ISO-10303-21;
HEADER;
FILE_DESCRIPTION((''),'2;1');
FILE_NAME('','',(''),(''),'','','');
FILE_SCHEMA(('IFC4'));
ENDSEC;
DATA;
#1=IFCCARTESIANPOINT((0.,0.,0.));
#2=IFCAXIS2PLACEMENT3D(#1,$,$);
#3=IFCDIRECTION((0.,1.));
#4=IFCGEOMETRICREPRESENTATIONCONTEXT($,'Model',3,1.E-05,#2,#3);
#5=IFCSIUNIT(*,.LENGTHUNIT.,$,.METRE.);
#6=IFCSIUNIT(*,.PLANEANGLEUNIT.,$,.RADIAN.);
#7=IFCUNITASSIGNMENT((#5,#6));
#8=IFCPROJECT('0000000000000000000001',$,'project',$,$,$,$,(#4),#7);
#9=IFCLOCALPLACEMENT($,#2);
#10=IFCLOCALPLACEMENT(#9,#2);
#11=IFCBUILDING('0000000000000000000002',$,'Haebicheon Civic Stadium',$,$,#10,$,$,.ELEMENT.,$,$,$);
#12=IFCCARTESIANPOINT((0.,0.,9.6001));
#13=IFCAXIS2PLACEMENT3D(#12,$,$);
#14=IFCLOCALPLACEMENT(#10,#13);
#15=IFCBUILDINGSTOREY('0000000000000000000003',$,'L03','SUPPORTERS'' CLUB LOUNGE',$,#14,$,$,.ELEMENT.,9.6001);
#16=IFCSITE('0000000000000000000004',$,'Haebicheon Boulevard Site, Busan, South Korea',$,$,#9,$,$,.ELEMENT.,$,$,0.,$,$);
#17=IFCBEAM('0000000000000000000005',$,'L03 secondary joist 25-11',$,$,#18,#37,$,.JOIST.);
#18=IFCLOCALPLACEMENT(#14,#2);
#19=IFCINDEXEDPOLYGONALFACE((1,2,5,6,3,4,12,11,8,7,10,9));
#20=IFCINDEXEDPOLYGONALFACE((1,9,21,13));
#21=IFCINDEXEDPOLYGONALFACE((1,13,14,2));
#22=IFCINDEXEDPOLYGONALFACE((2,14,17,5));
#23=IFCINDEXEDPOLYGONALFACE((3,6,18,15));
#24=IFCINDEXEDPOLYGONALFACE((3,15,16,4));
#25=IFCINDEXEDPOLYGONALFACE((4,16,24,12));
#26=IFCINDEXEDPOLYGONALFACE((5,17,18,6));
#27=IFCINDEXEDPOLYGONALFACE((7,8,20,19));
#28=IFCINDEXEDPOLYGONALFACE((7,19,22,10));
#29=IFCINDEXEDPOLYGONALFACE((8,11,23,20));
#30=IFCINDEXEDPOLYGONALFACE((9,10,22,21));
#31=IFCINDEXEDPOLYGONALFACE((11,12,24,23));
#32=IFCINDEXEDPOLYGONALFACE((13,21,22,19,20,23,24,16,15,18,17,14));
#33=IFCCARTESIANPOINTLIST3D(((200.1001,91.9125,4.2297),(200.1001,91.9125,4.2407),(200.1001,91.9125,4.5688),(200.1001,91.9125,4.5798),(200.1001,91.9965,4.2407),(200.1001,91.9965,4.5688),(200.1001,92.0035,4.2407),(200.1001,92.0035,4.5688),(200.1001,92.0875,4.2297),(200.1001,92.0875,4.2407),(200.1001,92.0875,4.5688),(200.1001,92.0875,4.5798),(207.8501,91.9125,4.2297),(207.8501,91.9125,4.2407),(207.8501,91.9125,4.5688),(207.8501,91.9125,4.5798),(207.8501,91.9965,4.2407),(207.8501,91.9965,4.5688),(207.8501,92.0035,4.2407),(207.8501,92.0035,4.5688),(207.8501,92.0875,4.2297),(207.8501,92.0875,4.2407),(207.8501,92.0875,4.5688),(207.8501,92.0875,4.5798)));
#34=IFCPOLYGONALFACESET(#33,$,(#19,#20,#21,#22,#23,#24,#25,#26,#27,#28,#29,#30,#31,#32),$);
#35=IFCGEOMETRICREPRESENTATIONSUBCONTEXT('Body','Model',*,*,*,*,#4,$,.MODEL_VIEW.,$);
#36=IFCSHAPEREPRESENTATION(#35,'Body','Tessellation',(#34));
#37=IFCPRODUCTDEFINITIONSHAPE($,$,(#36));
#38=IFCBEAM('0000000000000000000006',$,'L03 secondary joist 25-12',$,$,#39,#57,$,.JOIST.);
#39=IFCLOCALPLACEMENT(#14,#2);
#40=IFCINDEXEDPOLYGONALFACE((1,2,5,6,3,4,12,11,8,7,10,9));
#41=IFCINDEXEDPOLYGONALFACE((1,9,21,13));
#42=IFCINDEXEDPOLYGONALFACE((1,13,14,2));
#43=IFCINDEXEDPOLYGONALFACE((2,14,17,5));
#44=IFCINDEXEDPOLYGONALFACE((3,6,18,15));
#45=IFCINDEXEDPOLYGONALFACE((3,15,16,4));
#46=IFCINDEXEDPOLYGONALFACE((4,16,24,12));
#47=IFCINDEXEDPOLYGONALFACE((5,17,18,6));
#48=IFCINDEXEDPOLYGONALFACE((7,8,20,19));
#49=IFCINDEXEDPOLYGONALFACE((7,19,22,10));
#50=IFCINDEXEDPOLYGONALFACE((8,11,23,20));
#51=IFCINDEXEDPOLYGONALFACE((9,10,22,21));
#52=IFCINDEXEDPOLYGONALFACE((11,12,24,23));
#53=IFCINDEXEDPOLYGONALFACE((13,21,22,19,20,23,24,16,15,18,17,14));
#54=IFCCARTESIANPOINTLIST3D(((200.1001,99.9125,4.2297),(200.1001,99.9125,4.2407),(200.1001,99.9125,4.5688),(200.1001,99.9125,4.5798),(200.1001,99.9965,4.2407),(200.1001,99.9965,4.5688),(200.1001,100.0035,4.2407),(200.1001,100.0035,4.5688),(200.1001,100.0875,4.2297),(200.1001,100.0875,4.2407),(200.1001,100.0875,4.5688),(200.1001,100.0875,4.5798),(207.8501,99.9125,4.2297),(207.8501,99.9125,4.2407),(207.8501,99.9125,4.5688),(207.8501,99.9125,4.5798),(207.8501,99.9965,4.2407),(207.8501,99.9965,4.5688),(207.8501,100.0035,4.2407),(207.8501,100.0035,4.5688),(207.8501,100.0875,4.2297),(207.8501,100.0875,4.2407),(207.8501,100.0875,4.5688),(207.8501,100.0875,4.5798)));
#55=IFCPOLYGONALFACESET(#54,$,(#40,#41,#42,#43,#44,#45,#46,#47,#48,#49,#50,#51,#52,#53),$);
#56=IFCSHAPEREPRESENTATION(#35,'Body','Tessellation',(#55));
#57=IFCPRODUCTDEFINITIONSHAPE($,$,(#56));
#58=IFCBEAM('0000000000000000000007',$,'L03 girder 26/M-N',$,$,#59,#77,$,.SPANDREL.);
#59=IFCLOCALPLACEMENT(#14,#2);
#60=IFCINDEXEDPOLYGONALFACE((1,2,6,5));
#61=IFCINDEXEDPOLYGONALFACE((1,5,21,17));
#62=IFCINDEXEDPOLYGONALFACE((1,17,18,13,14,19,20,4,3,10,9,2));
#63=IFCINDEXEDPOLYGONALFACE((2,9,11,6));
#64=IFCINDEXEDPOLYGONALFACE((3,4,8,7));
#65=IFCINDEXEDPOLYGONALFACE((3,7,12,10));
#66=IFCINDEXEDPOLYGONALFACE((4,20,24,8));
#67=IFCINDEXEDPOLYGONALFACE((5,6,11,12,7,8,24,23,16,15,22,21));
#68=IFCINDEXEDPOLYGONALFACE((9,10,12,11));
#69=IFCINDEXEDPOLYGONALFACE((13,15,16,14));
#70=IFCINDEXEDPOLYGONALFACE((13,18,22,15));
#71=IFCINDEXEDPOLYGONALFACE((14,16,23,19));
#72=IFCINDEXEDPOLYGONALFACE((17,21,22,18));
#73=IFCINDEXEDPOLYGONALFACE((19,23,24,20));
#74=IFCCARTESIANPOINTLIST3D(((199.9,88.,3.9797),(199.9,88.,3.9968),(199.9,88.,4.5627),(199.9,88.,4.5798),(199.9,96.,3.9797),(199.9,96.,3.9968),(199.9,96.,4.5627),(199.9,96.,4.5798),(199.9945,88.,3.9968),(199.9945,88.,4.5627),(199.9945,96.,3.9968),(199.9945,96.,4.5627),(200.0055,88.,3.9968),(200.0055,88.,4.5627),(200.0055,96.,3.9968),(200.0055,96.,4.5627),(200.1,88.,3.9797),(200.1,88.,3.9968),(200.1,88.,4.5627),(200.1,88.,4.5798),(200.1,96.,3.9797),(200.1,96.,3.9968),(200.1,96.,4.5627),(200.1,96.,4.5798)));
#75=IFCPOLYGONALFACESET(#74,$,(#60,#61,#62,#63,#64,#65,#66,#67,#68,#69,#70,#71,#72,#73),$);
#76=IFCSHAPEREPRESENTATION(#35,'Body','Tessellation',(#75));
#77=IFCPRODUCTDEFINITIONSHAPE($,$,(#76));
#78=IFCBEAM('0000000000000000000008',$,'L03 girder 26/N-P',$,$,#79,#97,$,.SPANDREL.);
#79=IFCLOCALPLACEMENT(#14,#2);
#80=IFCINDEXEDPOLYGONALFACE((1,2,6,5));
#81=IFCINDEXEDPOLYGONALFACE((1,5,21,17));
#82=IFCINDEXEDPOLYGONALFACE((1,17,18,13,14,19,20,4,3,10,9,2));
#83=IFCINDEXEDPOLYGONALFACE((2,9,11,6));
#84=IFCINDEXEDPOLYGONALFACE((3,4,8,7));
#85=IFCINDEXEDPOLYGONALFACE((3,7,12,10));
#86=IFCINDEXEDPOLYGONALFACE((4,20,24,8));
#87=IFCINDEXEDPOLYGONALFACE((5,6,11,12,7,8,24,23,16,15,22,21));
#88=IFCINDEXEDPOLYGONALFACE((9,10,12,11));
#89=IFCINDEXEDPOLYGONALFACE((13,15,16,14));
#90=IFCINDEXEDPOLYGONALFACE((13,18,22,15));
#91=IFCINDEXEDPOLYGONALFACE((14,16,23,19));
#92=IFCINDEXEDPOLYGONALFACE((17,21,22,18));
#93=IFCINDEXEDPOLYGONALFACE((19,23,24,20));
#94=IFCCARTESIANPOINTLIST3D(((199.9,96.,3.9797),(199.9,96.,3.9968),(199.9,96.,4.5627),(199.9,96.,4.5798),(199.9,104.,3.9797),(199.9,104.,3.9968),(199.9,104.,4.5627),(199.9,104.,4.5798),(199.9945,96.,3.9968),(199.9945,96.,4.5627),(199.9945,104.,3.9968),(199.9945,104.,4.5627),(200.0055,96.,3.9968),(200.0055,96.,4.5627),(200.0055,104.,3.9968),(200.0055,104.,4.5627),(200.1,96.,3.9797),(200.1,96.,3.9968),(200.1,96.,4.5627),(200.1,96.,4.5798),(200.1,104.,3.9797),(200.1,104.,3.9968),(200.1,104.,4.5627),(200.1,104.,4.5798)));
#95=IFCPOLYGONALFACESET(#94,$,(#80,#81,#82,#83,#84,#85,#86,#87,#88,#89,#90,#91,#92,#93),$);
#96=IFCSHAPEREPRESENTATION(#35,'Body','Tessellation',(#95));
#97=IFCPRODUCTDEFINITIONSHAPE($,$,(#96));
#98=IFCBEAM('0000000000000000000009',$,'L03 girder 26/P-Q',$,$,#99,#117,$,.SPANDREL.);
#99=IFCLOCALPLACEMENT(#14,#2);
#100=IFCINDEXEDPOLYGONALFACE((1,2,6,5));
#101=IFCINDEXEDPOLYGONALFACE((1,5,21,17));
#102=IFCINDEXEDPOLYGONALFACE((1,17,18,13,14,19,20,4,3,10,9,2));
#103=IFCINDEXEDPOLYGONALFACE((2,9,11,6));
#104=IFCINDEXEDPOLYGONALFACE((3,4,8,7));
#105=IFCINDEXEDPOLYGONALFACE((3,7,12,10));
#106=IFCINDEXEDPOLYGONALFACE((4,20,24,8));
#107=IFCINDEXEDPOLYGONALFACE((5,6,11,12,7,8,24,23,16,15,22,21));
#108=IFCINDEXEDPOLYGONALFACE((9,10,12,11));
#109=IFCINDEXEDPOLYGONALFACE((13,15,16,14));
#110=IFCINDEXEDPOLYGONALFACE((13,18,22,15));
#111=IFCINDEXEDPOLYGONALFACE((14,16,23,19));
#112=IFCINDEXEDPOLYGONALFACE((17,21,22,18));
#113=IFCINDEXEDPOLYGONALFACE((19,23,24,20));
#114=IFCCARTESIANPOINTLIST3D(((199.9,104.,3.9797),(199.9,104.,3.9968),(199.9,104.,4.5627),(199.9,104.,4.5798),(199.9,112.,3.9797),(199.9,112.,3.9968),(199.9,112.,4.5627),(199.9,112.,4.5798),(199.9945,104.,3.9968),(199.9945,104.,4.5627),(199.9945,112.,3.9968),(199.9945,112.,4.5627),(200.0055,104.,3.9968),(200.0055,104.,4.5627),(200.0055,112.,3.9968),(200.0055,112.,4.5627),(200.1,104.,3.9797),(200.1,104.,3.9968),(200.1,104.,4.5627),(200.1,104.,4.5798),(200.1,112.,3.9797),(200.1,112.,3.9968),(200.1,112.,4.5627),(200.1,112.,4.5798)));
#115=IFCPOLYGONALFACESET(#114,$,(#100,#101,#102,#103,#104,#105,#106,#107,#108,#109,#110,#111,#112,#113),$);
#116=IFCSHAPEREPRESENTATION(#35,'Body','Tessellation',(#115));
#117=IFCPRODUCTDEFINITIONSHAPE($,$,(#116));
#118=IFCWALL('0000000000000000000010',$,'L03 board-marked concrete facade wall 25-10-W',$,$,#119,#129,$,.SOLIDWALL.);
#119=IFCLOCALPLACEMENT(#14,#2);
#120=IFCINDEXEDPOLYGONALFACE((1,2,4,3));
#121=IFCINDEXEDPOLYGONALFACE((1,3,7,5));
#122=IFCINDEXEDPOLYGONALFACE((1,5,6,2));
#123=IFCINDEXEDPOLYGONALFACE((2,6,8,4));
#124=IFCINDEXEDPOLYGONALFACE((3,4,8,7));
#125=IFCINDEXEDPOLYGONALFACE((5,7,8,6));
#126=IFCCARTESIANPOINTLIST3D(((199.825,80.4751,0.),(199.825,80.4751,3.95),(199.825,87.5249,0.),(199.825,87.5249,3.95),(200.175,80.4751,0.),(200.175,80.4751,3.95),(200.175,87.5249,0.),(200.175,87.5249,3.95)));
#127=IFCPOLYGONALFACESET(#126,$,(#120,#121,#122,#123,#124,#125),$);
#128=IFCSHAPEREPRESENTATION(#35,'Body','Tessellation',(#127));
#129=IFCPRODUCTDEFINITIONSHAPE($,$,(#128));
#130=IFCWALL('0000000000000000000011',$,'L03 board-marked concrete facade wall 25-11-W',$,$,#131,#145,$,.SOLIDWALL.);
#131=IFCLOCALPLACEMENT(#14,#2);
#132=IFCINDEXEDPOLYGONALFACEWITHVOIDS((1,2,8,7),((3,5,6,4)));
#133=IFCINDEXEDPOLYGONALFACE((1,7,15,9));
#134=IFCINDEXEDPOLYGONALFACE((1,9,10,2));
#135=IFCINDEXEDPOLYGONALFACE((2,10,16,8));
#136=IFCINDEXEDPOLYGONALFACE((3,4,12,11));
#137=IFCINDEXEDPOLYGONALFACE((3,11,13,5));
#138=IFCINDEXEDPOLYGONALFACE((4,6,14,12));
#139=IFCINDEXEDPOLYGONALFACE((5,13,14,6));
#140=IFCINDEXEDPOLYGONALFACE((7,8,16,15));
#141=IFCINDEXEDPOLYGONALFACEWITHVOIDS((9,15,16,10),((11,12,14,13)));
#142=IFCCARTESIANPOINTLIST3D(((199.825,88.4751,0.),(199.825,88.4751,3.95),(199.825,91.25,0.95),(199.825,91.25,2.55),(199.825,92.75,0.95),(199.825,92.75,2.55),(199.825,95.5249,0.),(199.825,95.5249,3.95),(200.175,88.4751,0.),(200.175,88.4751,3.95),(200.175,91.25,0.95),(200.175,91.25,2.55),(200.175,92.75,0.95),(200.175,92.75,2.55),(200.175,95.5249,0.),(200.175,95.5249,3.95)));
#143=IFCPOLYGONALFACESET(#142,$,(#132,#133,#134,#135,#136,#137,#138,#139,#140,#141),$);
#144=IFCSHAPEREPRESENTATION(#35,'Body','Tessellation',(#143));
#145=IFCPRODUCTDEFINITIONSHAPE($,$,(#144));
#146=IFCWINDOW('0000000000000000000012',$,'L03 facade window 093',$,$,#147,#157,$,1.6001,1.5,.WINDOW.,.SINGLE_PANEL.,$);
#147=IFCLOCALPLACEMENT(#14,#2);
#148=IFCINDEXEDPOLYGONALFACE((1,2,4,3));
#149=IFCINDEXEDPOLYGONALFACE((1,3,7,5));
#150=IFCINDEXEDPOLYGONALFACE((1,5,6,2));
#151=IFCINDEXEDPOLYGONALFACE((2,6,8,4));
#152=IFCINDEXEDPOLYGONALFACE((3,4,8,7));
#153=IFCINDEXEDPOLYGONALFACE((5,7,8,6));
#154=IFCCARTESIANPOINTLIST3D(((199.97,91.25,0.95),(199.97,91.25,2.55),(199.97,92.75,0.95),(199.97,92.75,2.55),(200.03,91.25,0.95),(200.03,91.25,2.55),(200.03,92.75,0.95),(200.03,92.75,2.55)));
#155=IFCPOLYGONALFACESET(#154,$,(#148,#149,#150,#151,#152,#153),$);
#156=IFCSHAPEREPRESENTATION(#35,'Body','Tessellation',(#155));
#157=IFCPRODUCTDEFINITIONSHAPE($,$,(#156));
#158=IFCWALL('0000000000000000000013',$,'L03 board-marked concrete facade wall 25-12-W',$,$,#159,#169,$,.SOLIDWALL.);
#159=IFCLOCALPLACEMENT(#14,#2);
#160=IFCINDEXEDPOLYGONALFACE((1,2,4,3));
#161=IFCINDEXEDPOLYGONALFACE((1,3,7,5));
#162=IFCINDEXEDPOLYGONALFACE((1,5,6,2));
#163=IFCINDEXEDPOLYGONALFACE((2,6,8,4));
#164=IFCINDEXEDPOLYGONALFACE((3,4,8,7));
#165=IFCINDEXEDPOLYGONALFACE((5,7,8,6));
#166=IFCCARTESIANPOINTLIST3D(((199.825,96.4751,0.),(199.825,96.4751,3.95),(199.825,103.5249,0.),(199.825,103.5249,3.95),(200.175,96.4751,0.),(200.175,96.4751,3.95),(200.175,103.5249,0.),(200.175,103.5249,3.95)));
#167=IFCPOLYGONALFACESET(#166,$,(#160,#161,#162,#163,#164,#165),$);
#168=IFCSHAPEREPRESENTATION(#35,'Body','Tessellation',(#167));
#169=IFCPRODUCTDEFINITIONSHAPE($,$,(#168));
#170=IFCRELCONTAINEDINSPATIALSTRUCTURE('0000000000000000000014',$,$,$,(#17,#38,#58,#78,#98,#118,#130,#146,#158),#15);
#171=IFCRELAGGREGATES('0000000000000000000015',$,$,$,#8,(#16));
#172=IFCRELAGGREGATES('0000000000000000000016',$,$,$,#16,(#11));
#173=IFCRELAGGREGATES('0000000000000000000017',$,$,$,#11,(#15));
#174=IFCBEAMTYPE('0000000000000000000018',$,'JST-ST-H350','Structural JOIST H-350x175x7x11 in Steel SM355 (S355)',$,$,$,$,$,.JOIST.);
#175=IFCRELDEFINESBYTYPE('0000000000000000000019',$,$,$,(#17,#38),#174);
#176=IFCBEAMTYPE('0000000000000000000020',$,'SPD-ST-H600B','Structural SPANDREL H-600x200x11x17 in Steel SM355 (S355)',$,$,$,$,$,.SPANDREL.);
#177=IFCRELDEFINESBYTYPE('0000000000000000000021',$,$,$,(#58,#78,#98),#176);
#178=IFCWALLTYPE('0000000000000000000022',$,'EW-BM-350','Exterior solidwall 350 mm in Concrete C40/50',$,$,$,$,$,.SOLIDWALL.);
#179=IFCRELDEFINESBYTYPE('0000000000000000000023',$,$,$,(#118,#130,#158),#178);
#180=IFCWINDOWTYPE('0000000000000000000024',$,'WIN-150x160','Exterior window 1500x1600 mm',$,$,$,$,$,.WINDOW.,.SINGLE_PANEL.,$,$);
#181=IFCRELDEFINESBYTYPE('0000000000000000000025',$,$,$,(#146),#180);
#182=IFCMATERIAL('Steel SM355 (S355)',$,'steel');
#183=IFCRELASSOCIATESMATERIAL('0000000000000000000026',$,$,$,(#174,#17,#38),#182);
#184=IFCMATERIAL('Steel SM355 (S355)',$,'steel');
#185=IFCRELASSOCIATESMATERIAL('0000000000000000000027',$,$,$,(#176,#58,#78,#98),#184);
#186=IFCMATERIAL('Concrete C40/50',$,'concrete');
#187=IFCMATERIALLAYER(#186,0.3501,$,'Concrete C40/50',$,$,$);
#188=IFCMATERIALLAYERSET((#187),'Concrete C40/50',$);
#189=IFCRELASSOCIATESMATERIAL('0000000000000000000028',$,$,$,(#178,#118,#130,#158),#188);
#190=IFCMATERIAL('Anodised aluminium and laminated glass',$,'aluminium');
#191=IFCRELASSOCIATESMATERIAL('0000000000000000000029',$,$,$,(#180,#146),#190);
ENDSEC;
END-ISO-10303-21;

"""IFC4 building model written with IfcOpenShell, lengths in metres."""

from ifc_helpers import new_model, si_unit, direction, frame, frame_2d, origin, origin_2d, place, context, subcontext, project, spatial, rectangle, i_section, extrude, material, layer, layer_set, material_profile, profile_set, type_object, element, fill, save


model = new_model("IFC4")

# Units and contexts
model_context = context("Model", 3, precision=1e-05, world=origin(), true_north=direction((0.0, 1.0)))
body_context = subcontext(model_context, "Body", "Model", "MODEL_VIEW")
ifc_project = project(units=[si_unit("LENGTHUNIT", "METRE"), si_unit("PLANEANGLEUNIT", "RADIAN")], contexts=[model_context])

# Site, building, storey
site_placement = place(None, origin())
site = spatial("IfcSite", under=ifc_project, at=site_placement, Name="Haebicheon Boulevard Site, Busan, South Korea", CompositionType="ELEMENT", RefElevation=0.0)
building_placement = place(site_placement, origin())
building = spatial("IfcBuilding", under=site, at=building_placement, Name="Haebicheon Civic Stadium", CompositionType="ELEMENT")
storey_placement = place(building_placement, frame((0.0, 0.0, 9.6001)))
storey = spatial("IfcBuildingStorey", under=building, at=storey_placement, Name="L03", Description="SUPPORTERS' CLUB LOUNGE", CompositionType="ELEMENT", Elevation=9.6001)

# Beams
ifc_material_1 = material(Name="Steel SM355 (S355)", Category="steel")
ifc_material_profile_1 = material_profile(ifc_material_1, i_section(OverallWidth=0.175, OverallDepth=0.3501, WebThickness=0.0071, FlangeThickness=0.011, at=origin_2d()), Name="H-350x175x7x11")
ifc_profile_set_1 = profile_set([ifc_material_profile_1], Name="Steel SM355 (S355)")
beam_type_1 = type_object("IfcBeamType", Name="JST-ST-H350", Description="Structural JOIST H-350x175x7x11 in Steel SM355 (S355)", PredefinedType="JOIST", material=ifc_profile_set_1)
for number, where, z_axis, x_axis, name in (
    (1, (200.1001, 92.0, 4.4048), (1.0, 0.0, 0.0), (0.0, 1.0, 0.0), "L03 secondary joist 25-11"),
    (2, (200.1001, 100.0, 4.4048), (1.0, 0.0, 0.0), (0.0, 1.0, 0.0), "L03 secondary joist 25-12"),
):
    element("IfcBeam", number, at=place(storey_placement, frame(where, z_axis=z_axis, x_axis=x_axis)), inside=storey, type_object=beam_type_1, material=ifc_profile_set_1, Name=name, PredefinedType="JOIST", context=body_context, shape_type="SweptSolid", body=[
        extrude(i_section(OverallWidth=0.175, OverallDepth=0.3501, WebThickness=0.0071, FlangeThickness=0.011, at=origin_2d()), origin(), (0.0, 0.0, 1.0), 7.75),
    ])
ifc_material_2 = material(Name="Steel SM355 (S355)", Category="steel")
ifc_material_profile_2 = material_profile(ifc_material_2, i_section(OverallWidth=0.2, OverallDepth=0.6001, WebThickness=0.011, FlangeThickness=0.0171, at=origin_2d()), Name="H-600x200x11x17")
ifc_profile_set_2 = profile_set([ifc_material_profile_2], Name="Steel SM355 (S355)")
beam_type_2 = type_object("IfcBeamType", Name="SPD-ST-H600B", Description="Structural SPANDREL H-600x200x11x17 in Steel SM355 (S355)", PredefinedType="SPANDREL", material=ifc_profile_set_2)
for number, where, z_axis, x_axis, name in (
    (3, (200.0, 88.0, 4.2798), (0.0, 1.0, 0.0), (-1.0, 0.0, 0.0), "L03 girder 26/M-N"),
    (4, (200.0, 96.0, 4.2798), (0.0, 1.0, 0.0), (-1.0, 0.0, 0.0), "L03 girder 26/N-P"),
    (5, (200.0, 104.0, 4.2798), (0.0, 1.0, 0.0), (-1.0, 0.0, 0.0), "L03 girder 26/P-Q"),
):
    element("IfcBeam", number, at=place(storey_placement, frame(where, z_axis=z_axis, x_axis=x_axis)), inside=storey, type_object=beam_type_2, material=ifc_profile_set_2, Name=name, PredefinedType="SPANDREL", context=body_context, shape_type="SweptSolid", body=[
        extrude(i_section(OverallWidth=0.2, OverallDepth=0.6001, WebThickness=0.011, FlangeThickness=0.0171, at=origin_2d()), origin(), (0.0, 0.0, 1.0), 8.0),
    ])

# Wall
ifc_material_3 = material(Name="Concrete C40/50", Category="concrete")
ifc_layer_1 = layer(ifc_material_3, 0.3501, Name="Concrete C40/50")
ifc_layer_set_1 = layer_set([ifc_layer_1], Name="Concrete C40/50")
wall_type_1 = type_object("IfcWallType", Name="EW-BM-350", Description="Exterior solidwall 350 mm in Concrete C40/50", PredefinedType="SOLIDWALL", material=ifc_layer_set_1)
wall_1_placement = place(storey_placement, frame((200.0, 80.4751, 0.0), z_axis=(0.0, 0.0, 1.0), x_axis=(0.0, 1.0, 0.0)))
element("IfcWall", 6, at=wall_1_placement, inside=storey, type_object=wall_type_1, material=ifc_layer_set_1, Name="L03 board-marked concrete facade wall 25-10-W", PredefinedType="SOLIDWALL", context=body_context, shape_type="SweptSolid", body=[
    extrude(rectangle(XDim=7.0498, YDim=0.3501, at=frame_2d((3.5249, 0.0))), origin(), (0.0, 0.0, 1.0), 3.95),
])

# Wall, opening, window
wall_2_placement = place(storey_placement, frame((200.0, 88.4751, 0.0), z_axis=(0.0, 0.0, 1.0), x_axis=(0.0, 1.0, 0.0)))
wall_2 = element("IfcWall", 7, at=wall_2_placement, inside=storey, type_object=wall_type_1, material=ifc_layer_set_1, Name="L03 board-marked concrete facade wall 25-11-W", PredefinedType="SOLIDWALL", context=body_context, shape_type="SweptSolid", body=[
    extrude(rectangle(XDim=7.0498, YDim=0.3501, at=frame_2d((3.5249, 0.0))), origin(), (0.0, 0.0, 1.0), 3.95),
])
opening_1_placement = place(wall_2_placement, frame((2.7749, 0.0, 0.95)))
opening_1 = element("IfcOpeningElement", 8, at=opening_1_placement, cuts=wall_2, PredefinedType="OPENING", context=body_context, shape_type="SweptSolid", body=[
    extrude(rectangle(XDim=1.5, YDim=1.6001, at=frame_2d((0.75, 0.8))), frame((0.0, 0.1851, 0.0), z_axis=(0.0, -1.0, 0.0), x_axis=(1.0, 0.0, 0.0)), (0.0, 0.0, 1.0), 0.3701),
])
ifc_material_4 = material(Name="Anodised aluminium and laminated glass", Category="aluminium")
window_type = type_object("IfcWindowType", Name="WIN-150x160", Description="Exterior window 1500x1600 mm", PartitioningType="SINGLE_PANEL", PredefinedType="WINDOW", material=ifc_material_4)
window_placement = place(opening_1_placement, origin())
window = element("IfcWindow", 9, at=window_placement, inside=storey, type_object=window_type, material=ifc_material_4, Name="L03 facade window 093", OverallHeight=1.6001, OverallWidth=1.5, PartitioningType="SINGLE_PANEL", PredefinedType="WINDOW", context=body_context, shape_type="SweptSolid", body=[
    extrude(rectangle(XDim=1.5, YDim=1.6001, at=frame_2d((0.75, 0.8))), frame((0.0, 0.03, 0.0), z_axis=(0.0, -1.0, 0.0), x_axis=(1.0, 0.0, 0.0)), (0.0, 0.0, 1.0), 0.0601),
])
fill(opening_1, window)

# Wall
wall_3_placement = place(storey_placement, frame((200.0, 96.4751, 0.0), z_axis=(0.0, 0.0, 1.0), x_axis=(0.0, 1.0, 0.0)))
element("IfcWall", 10, at=wall_3_placement, inside=storey, type_object=wall_type_1, material=ifc_layer_set_1, Name="L03 board-marked concrete facade wall 25-12-W", PredefinedType="SOLIDWALL", context=body_context, shape_type="SweptSolid", body=[
    extrude(rectangle(XDim=7.0498, YDim=0.3501, at=frame_2d((3.5249, 0.0))), origin(), (0.0, 0.0, 1.0), 3.95),
])

save(model, "model.ifc")
